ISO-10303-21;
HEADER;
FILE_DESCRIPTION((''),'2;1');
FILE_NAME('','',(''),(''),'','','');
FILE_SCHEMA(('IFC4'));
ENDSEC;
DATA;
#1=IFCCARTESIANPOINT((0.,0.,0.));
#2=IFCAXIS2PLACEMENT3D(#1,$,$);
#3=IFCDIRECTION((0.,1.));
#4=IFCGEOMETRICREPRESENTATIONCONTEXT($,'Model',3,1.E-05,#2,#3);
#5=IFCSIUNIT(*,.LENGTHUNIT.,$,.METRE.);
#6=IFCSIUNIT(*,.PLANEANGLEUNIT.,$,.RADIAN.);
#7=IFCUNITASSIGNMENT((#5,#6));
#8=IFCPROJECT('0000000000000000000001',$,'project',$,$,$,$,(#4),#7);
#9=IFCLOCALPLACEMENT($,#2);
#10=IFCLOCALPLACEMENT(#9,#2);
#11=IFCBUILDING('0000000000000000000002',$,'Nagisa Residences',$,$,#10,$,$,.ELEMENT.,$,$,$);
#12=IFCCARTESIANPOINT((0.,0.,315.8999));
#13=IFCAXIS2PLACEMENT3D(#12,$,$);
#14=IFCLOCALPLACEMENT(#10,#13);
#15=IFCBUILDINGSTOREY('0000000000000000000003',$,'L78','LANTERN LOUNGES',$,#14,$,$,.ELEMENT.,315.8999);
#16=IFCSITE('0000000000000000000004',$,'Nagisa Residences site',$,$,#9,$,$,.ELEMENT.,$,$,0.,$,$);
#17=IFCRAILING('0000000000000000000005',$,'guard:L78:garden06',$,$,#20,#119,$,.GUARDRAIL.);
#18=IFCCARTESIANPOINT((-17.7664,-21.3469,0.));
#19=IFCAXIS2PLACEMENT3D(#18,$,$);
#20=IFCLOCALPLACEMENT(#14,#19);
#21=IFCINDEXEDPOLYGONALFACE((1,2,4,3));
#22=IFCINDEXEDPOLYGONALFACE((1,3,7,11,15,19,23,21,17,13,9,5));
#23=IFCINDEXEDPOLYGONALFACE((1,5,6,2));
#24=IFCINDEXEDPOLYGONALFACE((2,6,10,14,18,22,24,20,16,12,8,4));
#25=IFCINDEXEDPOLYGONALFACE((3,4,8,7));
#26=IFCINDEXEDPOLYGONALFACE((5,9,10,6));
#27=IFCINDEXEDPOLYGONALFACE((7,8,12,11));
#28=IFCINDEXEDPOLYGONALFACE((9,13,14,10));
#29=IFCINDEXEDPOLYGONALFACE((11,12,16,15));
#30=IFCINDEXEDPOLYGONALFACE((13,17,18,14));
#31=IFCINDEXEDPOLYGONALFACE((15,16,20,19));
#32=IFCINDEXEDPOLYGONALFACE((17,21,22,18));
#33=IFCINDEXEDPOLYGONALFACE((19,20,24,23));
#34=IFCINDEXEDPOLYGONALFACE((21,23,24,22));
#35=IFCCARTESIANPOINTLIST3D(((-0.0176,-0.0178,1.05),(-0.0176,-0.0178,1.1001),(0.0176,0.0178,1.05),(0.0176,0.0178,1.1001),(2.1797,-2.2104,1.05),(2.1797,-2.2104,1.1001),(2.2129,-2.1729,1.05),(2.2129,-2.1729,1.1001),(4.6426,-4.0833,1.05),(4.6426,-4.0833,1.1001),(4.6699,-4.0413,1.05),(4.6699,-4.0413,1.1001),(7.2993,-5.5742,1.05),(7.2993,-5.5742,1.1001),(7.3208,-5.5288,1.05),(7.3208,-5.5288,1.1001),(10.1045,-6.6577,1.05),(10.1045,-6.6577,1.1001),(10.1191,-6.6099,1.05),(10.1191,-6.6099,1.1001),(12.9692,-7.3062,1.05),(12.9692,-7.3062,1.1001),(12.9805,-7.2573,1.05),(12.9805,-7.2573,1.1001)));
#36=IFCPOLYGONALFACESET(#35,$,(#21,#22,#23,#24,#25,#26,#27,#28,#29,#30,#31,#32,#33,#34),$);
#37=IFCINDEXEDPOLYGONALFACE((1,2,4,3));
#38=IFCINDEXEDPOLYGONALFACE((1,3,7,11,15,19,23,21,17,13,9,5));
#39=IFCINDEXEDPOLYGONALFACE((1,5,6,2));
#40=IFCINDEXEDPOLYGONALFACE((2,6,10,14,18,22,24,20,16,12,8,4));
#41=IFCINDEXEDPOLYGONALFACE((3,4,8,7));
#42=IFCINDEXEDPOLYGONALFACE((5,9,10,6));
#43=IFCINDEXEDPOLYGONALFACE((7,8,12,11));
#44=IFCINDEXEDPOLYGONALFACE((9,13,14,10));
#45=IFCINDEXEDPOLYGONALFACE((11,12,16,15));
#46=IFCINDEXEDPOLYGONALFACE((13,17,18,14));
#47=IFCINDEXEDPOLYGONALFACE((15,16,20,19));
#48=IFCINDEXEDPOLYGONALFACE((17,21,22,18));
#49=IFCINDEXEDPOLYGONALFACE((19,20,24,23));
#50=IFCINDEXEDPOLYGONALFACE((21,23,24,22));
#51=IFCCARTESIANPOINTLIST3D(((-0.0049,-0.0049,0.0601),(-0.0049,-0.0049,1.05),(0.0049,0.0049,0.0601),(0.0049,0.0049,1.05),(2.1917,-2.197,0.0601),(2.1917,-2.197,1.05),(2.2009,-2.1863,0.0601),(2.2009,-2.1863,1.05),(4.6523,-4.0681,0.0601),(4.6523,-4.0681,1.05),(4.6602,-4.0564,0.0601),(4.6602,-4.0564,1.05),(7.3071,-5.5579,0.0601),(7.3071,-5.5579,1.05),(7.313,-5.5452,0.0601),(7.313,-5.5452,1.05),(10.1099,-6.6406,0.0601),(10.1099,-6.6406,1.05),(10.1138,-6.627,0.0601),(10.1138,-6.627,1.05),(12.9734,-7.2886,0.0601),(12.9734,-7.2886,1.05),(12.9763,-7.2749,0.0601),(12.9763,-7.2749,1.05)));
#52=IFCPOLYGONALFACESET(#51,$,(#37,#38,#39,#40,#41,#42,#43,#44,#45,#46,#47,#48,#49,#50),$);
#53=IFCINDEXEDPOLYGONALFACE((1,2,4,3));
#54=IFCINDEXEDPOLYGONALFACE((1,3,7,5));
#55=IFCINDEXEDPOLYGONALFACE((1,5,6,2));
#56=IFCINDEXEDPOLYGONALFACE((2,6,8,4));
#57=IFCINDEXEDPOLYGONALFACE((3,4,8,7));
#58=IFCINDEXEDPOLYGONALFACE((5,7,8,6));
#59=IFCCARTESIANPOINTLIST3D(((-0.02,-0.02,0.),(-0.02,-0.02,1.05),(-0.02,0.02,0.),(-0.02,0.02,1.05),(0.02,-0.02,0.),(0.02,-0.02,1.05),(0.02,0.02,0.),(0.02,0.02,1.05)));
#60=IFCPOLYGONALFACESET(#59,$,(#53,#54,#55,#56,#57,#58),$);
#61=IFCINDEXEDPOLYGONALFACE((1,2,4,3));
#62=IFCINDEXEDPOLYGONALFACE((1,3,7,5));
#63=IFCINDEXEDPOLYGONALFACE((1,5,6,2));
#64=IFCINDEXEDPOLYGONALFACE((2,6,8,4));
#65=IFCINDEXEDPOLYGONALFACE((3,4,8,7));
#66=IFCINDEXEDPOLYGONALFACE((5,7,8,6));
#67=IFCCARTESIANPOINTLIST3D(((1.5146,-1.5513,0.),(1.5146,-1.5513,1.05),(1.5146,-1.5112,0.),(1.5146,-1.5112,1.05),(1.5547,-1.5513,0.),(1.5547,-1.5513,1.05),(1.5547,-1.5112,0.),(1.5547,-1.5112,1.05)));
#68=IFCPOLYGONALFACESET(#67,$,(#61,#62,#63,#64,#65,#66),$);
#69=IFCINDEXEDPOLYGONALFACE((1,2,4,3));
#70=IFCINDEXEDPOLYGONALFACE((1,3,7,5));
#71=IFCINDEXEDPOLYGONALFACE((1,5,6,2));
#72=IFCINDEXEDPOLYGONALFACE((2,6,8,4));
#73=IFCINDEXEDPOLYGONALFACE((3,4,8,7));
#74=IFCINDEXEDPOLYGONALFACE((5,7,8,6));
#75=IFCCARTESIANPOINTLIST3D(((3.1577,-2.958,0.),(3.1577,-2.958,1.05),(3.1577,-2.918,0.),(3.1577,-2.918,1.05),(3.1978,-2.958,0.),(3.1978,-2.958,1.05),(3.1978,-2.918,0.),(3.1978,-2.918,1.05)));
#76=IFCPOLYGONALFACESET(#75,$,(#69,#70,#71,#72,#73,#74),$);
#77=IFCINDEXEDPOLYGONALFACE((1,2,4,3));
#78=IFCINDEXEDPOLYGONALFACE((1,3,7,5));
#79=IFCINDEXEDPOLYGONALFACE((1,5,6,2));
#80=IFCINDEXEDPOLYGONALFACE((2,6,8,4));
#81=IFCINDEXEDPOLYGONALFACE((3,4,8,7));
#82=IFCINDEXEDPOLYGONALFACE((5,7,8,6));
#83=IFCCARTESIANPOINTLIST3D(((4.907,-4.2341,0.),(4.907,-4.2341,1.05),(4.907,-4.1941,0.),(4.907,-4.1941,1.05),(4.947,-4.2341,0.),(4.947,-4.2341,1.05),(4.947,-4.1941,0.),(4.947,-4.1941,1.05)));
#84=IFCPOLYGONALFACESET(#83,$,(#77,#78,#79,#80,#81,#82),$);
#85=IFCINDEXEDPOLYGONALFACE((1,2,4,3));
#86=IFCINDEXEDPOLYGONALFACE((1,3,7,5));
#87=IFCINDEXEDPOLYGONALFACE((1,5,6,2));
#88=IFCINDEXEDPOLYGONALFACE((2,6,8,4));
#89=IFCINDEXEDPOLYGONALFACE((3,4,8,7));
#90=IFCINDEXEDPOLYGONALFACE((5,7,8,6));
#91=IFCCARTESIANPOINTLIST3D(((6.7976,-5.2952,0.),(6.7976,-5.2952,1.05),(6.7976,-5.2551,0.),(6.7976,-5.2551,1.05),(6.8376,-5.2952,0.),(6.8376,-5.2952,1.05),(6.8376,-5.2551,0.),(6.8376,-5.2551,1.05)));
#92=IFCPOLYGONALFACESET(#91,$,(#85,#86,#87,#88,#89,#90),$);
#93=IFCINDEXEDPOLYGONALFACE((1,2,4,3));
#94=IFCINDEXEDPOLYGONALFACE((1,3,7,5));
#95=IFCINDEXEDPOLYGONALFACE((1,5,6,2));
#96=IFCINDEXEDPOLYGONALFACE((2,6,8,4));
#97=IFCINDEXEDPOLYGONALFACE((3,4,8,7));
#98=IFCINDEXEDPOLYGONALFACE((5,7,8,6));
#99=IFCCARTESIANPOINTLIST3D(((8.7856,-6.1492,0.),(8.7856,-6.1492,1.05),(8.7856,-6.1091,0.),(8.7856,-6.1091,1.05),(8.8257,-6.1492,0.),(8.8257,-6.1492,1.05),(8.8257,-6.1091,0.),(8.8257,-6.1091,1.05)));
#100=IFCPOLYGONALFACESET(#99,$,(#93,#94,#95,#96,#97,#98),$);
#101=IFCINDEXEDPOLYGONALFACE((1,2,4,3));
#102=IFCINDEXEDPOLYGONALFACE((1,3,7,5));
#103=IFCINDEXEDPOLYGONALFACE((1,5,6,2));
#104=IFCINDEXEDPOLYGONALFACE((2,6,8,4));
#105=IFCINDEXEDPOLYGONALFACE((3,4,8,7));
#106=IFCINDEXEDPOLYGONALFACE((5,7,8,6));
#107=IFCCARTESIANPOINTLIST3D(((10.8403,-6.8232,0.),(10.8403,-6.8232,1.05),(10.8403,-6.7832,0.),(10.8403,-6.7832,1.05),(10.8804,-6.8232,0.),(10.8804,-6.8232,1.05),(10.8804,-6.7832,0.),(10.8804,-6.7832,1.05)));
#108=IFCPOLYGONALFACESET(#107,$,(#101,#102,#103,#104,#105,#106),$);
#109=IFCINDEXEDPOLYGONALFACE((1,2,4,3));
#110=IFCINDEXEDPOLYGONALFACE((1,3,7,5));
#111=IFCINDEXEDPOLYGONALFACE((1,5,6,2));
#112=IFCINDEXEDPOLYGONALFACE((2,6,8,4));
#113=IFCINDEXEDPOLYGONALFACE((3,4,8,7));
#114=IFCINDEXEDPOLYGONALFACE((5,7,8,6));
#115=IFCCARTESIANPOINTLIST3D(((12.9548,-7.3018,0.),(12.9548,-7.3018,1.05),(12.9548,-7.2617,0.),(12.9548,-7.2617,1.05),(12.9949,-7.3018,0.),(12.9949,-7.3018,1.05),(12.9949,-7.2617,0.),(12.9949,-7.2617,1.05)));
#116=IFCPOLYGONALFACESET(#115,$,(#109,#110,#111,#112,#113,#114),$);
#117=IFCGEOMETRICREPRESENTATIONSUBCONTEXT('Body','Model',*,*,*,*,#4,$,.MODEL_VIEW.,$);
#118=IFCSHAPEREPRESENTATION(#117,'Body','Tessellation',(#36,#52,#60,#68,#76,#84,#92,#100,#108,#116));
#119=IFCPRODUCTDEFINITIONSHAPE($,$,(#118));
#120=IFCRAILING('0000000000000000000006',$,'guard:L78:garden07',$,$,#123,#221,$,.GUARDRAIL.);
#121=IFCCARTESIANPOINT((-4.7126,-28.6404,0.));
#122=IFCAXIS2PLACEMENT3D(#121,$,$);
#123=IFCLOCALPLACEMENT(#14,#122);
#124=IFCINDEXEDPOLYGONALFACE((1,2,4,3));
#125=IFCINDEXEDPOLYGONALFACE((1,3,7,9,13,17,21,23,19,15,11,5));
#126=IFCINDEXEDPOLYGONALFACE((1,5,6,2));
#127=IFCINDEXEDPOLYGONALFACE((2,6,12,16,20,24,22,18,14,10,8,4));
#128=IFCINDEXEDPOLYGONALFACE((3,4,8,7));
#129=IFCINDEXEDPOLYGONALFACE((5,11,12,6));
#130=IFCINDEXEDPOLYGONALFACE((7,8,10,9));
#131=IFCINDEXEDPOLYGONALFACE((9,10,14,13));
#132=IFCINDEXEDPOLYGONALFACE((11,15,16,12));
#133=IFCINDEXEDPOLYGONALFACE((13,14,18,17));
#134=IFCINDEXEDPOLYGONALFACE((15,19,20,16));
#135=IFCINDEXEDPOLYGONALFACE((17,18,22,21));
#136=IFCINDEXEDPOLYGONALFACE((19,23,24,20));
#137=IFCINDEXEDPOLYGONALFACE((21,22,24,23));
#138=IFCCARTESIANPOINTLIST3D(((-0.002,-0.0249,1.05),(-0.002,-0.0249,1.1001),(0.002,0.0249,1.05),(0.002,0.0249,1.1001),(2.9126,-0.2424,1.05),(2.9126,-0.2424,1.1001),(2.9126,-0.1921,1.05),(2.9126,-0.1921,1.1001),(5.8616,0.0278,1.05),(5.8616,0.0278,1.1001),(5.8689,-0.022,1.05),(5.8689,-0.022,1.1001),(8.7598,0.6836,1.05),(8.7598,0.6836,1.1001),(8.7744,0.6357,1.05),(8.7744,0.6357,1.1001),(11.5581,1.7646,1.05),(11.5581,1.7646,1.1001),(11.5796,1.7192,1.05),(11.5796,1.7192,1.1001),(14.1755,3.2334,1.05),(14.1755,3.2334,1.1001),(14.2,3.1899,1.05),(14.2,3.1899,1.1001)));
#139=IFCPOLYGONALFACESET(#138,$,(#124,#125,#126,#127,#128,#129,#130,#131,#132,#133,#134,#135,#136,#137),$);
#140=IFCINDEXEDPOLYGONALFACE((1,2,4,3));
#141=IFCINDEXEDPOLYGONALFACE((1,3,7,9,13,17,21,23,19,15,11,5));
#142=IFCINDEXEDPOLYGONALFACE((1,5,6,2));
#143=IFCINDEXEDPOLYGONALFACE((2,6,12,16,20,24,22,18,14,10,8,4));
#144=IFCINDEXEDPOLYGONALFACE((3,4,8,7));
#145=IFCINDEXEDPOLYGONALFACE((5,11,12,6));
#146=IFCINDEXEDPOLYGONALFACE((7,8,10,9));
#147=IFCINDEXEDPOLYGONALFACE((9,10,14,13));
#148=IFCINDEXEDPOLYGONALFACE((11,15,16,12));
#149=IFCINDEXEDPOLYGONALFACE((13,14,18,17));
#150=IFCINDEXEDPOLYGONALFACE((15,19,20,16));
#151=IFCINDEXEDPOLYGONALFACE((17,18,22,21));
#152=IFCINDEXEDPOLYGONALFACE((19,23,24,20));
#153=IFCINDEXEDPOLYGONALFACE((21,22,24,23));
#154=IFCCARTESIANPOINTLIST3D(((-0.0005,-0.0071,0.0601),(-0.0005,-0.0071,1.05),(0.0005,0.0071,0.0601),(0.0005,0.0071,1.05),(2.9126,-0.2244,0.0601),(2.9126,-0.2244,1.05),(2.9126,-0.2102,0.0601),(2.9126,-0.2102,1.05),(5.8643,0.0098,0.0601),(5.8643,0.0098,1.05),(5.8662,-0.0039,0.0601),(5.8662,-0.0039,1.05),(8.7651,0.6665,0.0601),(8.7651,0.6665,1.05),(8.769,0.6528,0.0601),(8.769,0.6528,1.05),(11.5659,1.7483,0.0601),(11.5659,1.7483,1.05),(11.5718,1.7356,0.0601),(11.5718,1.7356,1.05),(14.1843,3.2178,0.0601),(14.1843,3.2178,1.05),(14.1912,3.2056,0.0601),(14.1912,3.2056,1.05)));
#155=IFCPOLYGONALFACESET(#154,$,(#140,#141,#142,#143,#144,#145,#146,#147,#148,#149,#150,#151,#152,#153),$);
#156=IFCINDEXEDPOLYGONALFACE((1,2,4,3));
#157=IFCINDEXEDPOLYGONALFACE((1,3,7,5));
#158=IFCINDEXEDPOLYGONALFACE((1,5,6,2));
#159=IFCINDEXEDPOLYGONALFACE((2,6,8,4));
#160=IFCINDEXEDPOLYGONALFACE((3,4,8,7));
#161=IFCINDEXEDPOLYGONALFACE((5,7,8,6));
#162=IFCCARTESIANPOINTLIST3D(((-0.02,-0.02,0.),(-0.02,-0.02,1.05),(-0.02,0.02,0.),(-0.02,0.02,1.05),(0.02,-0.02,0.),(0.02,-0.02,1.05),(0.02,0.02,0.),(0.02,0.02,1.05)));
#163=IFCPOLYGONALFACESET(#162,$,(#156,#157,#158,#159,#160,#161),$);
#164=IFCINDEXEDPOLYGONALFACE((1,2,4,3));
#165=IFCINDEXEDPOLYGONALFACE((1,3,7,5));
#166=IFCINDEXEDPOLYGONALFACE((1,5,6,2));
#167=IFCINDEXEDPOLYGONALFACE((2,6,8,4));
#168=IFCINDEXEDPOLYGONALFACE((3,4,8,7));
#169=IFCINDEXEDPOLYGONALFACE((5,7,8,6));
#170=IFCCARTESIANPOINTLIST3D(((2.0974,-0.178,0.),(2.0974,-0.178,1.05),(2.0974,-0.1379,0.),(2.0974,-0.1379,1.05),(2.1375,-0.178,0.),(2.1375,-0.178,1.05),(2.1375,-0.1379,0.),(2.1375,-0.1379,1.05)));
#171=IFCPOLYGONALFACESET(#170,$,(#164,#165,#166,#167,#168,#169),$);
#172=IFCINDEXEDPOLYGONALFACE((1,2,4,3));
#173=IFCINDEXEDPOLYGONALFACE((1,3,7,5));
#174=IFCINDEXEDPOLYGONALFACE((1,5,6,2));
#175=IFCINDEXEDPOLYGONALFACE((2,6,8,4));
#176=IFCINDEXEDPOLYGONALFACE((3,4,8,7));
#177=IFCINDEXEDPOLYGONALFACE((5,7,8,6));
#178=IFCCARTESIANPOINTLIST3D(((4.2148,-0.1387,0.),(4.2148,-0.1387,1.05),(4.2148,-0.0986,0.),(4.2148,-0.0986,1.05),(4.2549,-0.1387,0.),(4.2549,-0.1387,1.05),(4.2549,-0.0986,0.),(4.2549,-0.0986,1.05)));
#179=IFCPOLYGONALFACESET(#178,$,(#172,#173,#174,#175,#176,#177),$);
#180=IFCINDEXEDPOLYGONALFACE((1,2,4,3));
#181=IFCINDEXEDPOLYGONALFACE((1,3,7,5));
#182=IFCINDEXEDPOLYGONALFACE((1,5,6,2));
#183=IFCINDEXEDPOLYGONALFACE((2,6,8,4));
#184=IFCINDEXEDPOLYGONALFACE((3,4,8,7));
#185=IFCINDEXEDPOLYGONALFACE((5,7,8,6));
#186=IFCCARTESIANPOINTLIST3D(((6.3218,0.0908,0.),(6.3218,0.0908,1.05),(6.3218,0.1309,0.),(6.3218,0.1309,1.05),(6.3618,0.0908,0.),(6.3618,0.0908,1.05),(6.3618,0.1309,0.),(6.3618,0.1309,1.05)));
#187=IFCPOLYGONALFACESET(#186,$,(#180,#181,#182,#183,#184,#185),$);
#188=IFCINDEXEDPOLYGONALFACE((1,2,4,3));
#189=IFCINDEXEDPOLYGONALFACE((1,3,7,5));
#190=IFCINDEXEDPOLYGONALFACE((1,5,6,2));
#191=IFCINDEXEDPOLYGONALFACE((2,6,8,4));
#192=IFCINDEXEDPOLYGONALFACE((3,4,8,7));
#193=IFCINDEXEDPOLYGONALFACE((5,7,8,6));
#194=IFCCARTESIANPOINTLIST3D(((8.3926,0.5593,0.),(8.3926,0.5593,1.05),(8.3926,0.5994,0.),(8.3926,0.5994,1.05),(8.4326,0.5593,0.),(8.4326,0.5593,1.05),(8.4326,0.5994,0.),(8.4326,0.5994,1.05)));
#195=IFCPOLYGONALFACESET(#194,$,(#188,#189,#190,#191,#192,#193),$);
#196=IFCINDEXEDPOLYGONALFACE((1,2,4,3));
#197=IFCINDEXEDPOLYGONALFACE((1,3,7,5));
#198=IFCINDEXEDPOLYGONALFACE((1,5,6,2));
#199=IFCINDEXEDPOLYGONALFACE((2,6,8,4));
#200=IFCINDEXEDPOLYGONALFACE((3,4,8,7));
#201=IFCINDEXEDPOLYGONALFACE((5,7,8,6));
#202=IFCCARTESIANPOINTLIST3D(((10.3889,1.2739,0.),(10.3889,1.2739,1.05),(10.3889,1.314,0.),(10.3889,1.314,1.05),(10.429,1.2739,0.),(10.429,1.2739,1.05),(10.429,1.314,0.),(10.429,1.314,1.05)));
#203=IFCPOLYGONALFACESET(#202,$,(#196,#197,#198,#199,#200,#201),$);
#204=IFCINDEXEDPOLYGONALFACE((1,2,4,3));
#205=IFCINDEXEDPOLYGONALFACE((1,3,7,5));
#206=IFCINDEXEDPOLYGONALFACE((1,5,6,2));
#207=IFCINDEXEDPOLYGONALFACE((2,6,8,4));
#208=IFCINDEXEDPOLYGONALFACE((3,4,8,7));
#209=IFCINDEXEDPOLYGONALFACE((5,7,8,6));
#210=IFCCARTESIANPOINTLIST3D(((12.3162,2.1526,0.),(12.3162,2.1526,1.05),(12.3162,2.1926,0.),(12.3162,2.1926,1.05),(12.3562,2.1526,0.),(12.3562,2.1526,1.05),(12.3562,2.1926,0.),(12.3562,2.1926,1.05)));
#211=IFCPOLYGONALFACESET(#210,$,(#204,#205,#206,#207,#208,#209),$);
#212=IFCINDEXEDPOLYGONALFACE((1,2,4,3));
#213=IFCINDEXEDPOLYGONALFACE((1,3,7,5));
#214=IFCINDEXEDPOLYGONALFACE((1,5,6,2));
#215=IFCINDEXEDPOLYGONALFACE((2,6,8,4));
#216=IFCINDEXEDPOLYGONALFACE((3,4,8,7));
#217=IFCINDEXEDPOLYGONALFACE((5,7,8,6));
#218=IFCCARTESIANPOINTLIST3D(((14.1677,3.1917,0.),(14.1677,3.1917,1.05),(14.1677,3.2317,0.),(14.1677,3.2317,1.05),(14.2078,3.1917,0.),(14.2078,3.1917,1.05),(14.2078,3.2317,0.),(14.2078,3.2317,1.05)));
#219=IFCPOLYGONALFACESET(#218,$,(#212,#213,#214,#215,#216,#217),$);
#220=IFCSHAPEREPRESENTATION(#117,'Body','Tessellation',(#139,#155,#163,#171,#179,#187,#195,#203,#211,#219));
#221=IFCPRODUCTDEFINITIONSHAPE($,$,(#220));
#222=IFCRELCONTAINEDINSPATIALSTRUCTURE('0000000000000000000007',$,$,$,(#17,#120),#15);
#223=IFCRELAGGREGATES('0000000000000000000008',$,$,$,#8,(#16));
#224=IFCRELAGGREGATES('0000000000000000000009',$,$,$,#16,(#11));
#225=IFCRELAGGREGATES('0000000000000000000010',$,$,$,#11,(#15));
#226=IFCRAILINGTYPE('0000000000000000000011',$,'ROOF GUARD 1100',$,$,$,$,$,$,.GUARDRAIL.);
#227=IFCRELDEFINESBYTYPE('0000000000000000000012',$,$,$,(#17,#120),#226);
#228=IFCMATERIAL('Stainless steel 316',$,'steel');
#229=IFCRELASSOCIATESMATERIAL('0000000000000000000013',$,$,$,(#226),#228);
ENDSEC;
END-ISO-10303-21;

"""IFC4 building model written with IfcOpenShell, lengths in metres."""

from ifc_helpers import new_model, si_unit, direction, frame, origin, origin_2d, place, context, subcontext, project, spatial, polyline, rectangle, outline, extrude, material, type_object, element, save


model = new_model("IFC4")

# Units and contexts
model_context = context("Model", 3, precision=1e-05, world=origin(), true_north=direction((0.0, 1.0)))
body_context = subcontext(model_context, "Body", "Model", "MODEL_VIEW")
ifc_project = project(units=[si_unit("LENGTHUNIT", "METRE"), si_unit("PLANEANGLEUNIT", "RADIAN")], contexts=[model_context])

# Site, building, storey
site_placement = place(None, origin())
site = spatial("IfcSite", under=ifc_project, at=site_placement, Name="Nagisa Residences site", CompositionType="ELEMENT", RefElevation=0.0)
building_placement = place(site_placement, origin())
building = spatial("IfcBuilding", under=site, at=building_placement, Name="Nagisa Residences", CompositionType="ELEMENT")
storey_placement = place(building_placement, frame((0.0, 0.0, 315.8999)))
storey = spatial("IfcBuildingStorey", under=building, at=storey_placement, Name="L78", Description="LANTERN LOUNGES", CompositionType="ELEMENT", Elevation=315.8999)

# Railings
ifc_material_1 = material(Name="Stainless steel 316", Category="steel")
railing_type = type_object("IfcRailingType", Name="ROOF GUARD 1100", PredefinedType="GUARDRAIL", material=ifc_material_1)
railing_1_placement = place(storey_placement, frame((-17.7664, -21.3469, 0.0)))
element("IfcRailing", 1, at=railing_1_placement, inside=storey, type_object=railing_type, Name="guard:L78:garden06", PredefinedType="GUARDRAIL", context=body_context, shape_type="SweptSolid", body=[
    extrude(outline(polyline([(2.2129, -2.1729), (0.0176, 0.0178), (-0.0176, -0.0178), (2.1797, -2.2104), (4.6426, -4.0833), (7.2993, -5.5742), (10.1045, -6.6577), (12.9692, -7.3062), (12.9805, -7.2573), (10.1191, -6.6099), (7.3208, -5.5288), (4.6699, -4.0413), (2.2129, -2.1729)])), frame((0.0, 0.0, 1.05)), (0.0, 0.0, 1.0), 0.05),
    extrude(outline(polyline([(2.2009, -2.1863), (0.0049, 0.0049), (-0.0049, -0.0049), (2.1917, -2.197), (4.6523, -4.0681), (7.3071, -5.5579), (10.1099, -6.6406), (12.9734, -7.2886), (12.9763, -7.2749), (10.1138, -6.627), (7.313, -5.5452), (4.6602, -4.0564), (2.2009, -2.1863)])), frame((0.0, 0.0, 0.0601)), (0.0, 0.0, 1.0), 0.99),
    extrude(rectangle(XDim=0.04, YDim=0.04, at=origin_2d()), origin(), (0.0, 0.0, 1.0), 1.05),
    extrude(rectangle(XDim=0.04, YDim=0.04, at=origin_2d()), frame((1.5347, -1.5312, 0.0)), (0.0, 0.0, 1.0), 1.05),
    extrude(rectangle(XDim=0.04, YDim=0.04, at=origin_2d()), frame((3.1777, -2.938, 0.0)), (0.0, 0.0, 1.0), 1.05),
    extrude(rectangle(XDim=0.04, YDim=0.04, at=origin_2d()), frame((4.927, -4.2141, 0.0)), (0.0, 0.0, 1.0), 1.05),
    extrude(rectangle(XDim=0.04, YDim=0.04, at=origin_2d()), frame((6.8176, -5.2751, 0.0)), (0.0, 0.0, 1.0), 1.05),
    extrude(rectangle(XDim=0.04, YDim=0.04, at=origin_2d()), frame((8.8057, -6.1292, 0.0)), (0.0, 0.0, 1.0), 1.05),
    extrude(rectangle(XDim=0.04, YDim=0.04, at=origin_2d()), frame((10.8604, -6.8032, 0.0)), (0.0, 0.0, 1.0), 1.05),
    extrude(rectangle(XDim=0.04, YDim=0.04, at=origin_2d()), frame((12.9749, -7.2817, 0.0)), (0.0, 0.0, 1.0), 1.05),
])
railing_2_placement = place(storey_placement, frame((-4.7126, -28.6404, 0.0)))
element("IfcRailing", 2, at=railing_2_placement, inside=storey, type_object=railing_type, Name="guard:L78:garden07", PredefinedType="GUARDRAIL", context=body_context, shape_type="SweptSolid", body=[
    extrude(outline(polyline([(2.9126, -0.1921), (0.002, 0.0249), (-0.002, -0.0249), (2.9126, -0.2424), (5.8689, -0.022), (8.7744, 0.6357), (11.5796, 1.7192), (14.2, 3.1899), (14.1755, 3.2334), (11.5581, 1.7646), (8.7598, 0.6836), (5.8616, 0.0278), (2.9126, -0.1921)])), frame((0.0, 0.0, 1.05)), (0.0, 0.0, 1.0), 0.05),
    extrude(outline(polyline([(2.9126, -0.2102), (0.0005, 0.0071), (-0.0005, -0.0071), (2.9126, -0.2244), (5.8662, -0.0039), (8.769, 0.6528), (11.5718, 1.7356), (14.1912, 3.2056), (14.1843, 3.2178), (11.5659, 1.7483), (8.7651, 0.6665), (5.8643, 0.0098), (2.9126, -0.2102)])), frame((0.0, 0.0, 0.0601)), (0.0, 0.0, 1.0), 0.99),
    extrude(rectangle(XDim=0.04, YDim=0.04, at=origin_2d()), origin(), (0.0, 0.0, 1.0), 1.05),
    extrude(rectangle(XDim=0.04, YDim=0.04, at=origin_2d()), frame((2.1174, -0.158, 0.0)), (0.0, 0.0, 1.0), 1.05),
    extrude(rectangle(XDim=0.04, YDim=0.04, at=origin_2d()), frame((4.2349, -0.1187, 0.0)), (0.0, 0.0, 1.0), 1.05),
    extrude(rectangle(XDim=0.04, YDim=0.04, at=origin_2d()), frame((6.3418, 0.1108, 0.0)), (0.0, 0.0, 1.0), 1.05),
    extrude(rectangle(XDim=0.04, YDim=0.04, at=origin_2d()), frame((8.4126, 0.5793, 0.0)), (0.0, 0.0, 1.0), 1.05),
    extrude(rectangle(XDim=0.04, YDim=0.04, at=origin_2d()), frame((10.4089, 1.2939, 0.0)), (0.0, 0.0, 1.0), 1.05),
    extrude(rectangle(XDim=0.04, YDim=0.04, at=origin_2d()), frame((12.3362, 2.1726, 0.0)), (0.0, 0.0, 1.0), 1.05),
    extrude(rectangle(XDim=0.04, YDim=0.04, at=origin_2d()), frame((14.1877, 3.2117, 0.0)), (0.0, 0.0, 1.0), 1.05),
])

save(model, "model.ifc")
